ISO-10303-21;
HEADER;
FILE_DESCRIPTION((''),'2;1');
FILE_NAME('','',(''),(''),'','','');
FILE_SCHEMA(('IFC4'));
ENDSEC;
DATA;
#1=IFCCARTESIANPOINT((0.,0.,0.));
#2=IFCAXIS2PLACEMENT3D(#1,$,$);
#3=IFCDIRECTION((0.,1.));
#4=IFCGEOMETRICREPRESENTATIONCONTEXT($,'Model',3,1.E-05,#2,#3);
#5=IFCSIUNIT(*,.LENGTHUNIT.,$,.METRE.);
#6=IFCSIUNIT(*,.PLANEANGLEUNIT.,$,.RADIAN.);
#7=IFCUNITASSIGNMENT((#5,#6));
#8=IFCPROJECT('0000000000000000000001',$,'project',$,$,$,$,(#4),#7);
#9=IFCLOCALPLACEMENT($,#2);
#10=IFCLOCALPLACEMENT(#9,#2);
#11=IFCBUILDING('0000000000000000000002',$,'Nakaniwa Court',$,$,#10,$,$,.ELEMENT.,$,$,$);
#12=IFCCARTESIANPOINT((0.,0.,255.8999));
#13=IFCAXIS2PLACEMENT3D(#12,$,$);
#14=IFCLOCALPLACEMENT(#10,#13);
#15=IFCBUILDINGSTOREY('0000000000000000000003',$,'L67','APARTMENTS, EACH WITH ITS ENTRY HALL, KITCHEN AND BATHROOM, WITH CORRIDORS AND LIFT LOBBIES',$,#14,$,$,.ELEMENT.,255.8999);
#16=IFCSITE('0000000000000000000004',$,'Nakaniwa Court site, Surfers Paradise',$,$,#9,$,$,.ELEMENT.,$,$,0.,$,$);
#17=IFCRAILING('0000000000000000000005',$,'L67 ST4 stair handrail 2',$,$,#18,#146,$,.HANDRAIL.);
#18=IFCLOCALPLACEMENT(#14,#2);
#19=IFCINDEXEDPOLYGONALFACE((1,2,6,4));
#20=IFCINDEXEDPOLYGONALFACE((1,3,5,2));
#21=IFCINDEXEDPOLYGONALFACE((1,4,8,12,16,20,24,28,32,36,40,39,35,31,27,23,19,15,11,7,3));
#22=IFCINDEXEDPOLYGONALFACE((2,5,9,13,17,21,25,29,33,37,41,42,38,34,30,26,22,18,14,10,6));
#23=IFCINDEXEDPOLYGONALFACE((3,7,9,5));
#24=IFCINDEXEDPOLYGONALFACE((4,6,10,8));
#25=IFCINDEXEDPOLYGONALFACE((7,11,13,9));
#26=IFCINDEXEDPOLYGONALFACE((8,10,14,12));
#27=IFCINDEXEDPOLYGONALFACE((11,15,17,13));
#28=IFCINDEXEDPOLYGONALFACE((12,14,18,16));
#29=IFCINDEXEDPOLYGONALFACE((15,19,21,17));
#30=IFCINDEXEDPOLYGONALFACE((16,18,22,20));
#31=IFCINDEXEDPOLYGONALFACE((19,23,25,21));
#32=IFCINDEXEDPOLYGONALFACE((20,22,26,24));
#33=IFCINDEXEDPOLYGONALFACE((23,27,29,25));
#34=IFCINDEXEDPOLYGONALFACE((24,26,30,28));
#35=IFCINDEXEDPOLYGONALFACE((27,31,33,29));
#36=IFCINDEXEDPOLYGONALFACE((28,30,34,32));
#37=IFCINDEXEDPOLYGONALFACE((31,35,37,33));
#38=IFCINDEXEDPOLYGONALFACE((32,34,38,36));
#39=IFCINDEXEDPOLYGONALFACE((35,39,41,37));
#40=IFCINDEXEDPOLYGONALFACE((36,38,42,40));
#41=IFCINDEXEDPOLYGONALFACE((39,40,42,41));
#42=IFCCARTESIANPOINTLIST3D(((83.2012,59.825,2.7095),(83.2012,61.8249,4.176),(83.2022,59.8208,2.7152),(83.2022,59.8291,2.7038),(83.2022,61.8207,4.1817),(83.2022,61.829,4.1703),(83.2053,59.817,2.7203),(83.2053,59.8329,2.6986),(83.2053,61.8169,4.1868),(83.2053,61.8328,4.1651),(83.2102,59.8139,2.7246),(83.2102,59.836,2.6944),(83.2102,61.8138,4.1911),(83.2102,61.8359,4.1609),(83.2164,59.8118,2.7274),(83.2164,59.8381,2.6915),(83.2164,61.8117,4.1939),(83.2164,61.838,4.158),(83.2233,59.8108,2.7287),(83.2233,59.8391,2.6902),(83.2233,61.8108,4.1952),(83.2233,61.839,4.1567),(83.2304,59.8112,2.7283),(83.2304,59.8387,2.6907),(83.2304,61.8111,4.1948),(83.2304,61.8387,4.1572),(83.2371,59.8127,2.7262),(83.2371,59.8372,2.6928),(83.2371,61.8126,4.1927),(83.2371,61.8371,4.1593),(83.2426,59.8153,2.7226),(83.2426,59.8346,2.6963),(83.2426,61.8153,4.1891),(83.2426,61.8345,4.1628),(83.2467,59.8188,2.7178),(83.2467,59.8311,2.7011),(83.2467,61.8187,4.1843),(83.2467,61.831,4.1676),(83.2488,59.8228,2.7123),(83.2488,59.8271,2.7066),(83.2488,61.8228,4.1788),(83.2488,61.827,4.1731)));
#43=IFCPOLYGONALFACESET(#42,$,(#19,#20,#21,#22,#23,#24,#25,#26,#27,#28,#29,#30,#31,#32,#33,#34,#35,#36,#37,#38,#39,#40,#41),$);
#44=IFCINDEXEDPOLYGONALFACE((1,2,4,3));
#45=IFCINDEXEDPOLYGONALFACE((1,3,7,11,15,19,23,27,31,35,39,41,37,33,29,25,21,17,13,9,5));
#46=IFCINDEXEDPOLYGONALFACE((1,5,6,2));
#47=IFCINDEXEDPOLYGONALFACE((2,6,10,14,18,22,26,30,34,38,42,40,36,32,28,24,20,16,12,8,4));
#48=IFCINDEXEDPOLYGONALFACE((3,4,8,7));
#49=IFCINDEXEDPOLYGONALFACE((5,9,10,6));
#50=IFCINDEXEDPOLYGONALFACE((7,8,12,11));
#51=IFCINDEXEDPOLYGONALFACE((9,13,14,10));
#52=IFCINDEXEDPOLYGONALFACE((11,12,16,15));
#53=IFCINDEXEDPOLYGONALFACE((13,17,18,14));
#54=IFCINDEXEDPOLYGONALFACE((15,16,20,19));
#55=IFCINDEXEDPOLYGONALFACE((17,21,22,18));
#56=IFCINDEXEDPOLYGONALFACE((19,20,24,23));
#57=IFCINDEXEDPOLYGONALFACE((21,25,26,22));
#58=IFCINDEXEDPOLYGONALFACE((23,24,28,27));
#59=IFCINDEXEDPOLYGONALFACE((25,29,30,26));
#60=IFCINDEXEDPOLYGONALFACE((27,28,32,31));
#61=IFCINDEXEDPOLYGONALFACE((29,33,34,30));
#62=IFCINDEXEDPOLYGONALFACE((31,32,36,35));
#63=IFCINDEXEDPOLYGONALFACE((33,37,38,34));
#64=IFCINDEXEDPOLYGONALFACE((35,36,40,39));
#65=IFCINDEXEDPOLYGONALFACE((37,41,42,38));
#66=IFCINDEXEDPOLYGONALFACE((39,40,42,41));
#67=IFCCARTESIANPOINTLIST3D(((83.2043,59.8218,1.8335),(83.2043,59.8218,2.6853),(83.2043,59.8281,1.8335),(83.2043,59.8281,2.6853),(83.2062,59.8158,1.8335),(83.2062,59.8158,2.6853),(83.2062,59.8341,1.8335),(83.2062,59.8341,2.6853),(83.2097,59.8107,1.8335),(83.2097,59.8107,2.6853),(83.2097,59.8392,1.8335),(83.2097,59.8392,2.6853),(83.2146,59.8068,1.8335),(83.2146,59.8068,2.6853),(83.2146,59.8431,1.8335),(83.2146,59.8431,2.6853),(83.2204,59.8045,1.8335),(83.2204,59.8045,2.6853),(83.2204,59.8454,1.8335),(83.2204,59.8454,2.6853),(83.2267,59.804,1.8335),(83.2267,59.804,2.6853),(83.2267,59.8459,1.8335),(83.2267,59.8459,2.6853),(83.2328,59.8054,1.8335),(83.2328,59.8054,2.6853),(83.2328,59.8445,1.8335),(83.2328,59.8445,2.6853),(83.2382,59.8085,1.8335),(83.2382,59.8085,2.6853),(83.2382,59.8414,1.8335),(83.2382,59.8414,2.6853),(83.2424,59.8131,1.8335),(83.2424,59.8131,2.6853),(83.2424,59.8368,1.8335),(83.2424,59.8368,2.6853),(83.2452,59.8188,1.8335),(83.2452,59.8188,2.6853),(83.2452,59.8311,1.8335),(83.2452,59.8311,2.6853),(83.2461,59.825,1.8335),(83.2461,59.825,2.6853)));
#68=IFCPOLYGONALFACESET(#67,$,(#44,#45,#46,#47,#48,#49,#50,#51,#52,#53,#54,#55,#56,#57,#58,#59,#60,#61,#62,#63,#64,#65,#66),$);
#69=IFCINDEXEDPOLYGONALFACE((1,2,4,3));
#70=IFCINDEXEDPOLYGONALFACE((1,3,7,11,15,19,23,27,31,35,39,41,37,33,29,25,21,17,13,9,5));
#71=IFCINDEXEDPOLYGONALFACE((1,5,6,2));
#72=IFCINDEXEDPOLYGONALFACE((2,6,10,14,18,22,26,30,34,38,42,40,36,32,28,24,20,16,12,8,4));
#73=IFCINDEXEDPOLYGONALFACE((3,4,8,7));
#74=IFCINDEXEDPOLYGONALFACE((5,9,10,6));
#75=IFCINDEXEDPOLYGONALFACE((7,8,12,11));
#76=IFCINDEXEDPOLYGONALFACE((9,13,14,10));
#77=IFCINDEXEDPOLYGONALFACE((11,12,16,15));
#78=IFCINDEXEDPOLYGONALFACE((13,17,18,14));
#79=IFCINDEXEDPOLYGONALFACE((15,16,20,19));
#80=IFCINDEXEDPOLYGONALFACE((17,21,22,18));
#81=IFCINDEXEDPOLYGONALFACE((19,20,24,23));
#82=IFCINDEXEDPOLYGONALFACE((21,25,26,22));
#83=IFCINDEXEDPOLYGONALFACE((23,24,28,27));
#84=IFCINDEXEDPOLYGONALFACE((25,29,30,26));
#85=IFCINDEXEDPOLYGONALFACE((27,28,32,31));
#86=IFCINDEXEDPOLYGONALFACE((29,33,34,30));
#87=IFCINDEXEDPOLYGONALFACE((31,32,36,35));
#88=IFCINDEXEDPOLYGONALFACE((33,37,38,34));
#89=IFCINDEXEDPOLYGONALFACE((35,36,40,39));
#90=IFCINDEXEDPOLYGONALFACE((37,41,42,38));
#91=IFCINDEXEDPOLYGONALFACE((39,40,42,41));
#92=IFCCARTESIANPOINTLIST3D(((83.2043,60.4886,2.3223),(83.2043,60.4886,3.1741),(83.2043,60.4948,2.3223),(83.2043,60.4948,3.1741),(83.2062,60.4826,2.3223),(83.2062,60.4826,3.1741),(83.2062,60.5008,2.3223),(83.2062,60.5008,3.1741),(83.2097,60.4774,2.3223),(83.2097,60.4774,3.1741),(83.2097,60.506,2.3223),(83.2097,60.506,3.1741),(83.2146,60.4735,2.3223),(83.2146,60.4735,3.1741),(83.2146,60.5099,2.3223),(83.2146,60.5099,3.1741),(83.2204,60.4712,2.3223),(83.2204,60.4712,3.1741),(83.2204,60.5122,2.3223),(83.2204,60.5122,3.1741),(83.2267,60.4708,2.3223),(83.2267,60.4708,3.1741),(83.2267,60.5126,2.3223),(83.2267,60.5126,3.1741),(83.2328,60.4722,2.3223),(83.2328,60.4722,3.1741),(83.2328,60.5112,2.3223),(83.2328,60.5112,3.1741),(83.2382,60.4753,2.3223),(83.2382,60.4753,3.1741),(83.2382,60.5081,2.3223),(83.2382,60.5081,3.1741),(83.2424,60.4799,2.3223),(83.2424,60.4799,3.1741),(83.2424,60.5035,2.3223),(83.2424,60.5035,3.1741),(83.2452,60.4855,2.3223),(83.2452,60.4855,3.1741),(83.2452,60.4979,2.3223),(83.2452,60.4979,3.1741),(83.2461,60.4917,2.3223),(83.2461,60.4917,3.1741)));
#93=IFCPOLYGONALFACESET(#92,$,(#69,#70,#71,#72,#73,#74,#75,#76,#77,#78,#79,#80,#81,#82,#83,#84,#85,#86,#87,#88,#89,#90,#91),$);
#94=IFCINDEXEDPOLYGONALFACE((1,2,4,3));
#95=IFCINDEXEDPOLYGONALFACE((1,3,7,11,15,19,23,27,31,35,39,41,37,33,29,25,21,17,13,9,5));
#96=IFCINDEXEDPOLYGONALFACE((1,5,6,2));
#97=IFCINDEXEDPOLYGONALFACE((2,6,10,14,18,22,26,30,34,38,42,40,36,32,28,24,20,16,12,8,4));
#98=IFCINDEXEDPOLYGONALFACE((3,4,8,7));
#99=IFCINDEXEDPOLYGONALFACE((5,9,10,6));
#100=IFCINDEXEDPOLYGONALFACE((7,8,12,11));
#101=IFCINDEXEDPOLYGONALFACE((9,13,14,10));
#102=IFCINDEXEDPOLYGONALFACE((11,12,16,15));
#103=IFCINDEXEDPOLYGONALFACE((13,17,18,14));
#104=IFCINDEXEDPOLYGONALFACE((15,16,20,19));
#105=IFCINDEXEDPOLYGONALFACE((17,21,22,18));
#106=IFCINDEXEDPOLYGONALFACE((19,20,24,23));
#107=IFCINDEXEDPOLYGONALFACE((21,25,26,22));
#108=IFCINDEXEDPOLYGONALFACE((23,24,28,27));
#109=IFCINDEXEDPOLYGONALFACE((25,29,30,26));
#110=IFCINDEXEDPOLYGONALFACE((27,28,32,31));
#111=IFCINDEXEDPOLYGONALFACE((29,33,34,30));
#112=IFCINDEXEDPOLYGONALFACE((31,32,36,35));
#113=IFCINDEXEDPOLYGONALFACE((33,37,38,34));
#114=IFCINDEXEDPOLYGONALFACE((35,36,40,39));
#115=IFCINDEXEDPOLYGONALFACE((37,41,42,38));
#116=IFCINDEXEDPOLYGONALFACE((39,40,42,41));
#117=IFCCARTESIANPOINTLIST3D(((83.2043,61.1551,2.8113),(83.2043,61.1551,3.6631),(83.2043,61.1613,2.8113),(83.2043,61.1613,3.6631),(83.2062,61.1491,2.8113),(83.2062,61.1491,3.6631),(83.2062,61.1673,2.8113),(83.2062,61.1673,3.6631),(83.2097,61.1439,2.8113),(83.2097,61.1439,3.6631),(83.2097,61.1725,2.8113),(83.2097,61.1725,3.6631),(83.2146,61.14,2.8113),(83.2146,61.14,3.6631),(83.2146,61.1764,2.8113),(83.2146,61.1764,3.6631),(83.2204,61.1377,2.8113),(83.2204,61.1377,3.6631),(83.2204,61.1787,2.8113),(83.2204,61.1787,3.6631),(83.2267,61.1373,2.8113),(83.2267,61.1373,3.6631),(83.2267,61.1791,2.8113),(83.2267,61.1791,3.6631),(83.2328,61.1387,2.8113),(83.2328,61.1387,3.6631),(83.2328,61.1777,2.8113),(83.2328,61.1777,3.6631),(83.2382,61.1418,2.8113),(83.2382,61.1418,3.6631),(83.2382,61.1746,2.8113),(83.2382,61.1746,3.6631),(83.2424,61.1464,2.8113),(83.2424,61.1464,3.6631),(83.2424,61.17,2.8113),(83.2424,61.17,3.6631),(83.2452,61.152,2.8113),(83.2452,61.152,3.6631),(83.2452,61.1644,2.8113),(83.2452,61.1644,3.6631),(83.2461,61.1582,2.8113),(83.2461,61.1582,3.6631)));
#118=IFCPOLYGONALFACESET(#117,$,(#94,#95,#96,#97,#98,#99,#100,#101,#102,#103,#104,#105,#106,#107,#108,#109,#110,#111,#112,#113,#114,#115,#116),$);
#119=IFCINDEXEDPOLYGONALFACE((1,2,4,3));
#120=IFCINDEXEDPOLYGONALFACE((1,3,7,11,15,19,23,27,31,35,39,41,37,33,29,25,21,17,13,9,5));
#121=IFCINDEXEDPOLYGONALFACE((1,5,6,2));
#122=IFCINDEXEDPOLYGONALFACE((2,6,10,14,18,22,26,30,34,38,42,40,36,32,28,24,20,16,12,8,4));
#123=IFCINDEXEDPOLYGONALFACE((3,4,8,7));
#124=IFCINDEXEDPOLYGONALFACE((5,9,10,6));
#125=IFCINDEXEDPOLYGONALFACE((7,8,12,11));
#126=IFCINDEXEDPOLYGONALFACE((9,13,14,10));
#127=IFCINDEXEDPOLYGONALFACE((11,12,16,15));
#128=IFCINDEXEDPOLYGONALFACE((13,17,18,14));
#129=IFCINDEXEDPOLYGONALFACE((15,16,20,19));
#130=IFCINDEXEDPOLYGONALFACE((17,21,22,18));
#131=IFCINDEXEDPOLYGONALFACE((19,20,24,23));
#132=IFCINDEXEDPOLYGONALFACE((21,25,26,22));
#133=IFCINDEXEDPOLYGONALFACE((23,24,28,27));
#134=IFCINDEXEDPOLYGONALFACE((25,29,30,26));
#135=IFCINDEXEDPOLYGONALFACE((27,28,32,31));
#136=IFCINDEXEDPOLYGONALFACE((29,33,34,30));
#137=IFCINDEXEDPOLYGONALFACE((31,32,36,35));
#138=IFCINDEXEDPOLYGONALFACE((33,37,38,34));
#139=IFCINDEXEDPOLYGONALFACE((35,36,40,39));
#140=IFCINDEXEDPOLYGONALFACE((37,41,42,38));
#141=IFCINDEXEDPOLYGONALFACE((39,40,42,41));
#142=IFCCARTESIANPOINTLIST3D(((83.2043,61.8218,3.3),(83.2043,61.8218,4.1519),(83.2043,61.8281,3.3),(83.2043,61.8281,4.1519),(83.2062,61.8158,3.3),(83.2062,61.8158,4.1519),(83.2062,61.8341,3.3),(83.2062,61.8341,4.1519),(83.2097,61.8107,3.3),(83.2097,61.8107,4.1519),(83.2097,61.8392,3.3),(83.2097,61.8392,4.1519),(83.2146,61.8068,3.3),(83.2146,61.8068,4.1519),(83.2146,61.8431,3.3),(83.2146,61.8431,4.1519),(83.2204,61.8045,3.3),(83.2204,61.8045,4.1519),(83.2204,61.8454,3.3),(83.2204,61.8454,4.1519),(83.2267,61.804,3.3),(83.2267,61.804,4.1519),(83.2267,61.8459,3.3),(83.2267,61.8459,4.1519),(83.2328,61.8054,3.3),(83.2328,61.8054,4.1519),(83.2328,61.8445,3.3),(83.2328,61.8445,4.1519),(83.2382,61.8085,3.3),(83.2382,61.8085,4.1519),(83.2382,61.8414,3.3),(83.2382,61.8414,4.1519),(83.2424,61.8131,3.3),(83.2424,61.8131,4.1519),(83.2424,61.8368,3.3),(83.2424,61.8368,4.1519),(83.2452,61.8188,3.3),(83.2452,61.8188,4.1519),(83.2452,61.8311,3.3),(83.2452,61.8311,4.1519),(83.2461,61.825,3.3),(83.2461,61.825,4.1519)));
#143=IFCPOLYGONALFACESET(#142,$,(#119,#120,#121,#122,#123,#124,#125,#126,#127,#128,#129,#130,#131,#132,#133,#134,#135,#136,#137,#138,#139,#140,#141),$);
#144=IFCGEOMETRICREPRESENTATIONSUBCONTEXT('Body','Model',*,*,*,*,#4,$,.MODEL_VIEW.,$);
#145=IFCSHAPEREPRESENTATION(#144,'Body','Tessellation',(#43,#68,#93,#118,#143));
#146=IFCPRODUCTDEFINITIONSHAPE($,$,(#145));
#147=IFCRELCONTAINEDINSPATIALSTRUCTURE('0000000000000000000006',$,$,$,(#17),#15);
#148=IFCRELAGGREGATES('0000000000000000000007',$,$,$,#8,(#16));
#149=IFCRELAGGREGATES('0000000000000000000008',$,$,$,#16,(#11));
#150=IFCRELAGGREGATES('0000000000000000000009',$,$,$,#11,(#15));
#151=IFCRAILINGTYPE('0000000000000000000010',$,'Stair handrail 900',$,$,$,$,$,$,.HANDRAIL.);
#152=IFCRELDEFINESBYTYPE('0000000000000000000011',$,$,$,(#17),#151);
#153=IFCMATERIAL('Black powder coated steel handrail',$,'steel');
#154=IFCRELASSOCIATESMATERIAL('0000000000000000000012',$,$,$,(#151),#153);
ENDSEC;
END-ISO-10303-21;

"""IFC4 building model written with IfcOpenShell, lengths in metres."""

from ifc_helpers import new_model, si_unit, direction, frame, origin, origin_2d, place, context, subcontext, project, spatial, circle, extrude, material, type_object, element, save


model = new_model("IFC4")

# Units and contexts
model_context = context("Model", 3, precision=1e-05, world=origin(), true_north=direction((0.0, 1.0)))
body_context = subcontext(model_context, "Body", "Model", "MODEL_VIEW")
ifc_project = project(units=[si_unit("LENGTHUNIT", "METRE"), si_unit("PLANEANGLEUNIT", "RADIAN")], contexts=[model_context])

# Site, building, storey
site_placement = place(None, origin())
site = spatial("IfcSite", under=ifc_project, at=site_placement, Name="Nakaniwa Court site, Surfers Paradise", CompositionType="ELEMENT", RefElevation=0.0)
building_placement = place(site_placement, origin())
building = spatial("IfcBuilding", under=site, at=building_placement, Name="Nakaniwa Court", CompositionType="ELEMENT")
storey_placement = place(building_placement, frame((0.0, 0.0, 255.8999)))
storey = spatial("IfcBuildingStorey", under=building, at=storey_placement, Name="L67", Description="APARTMENTS, EACH WITH ITS ENTRY HALL, KITCHEN AND BATHROOM, WITH CORRIDORS AND LIFT LOBBIES", CompositionType="ELEMENT", Elevation=255.8999)

# Railing
ifc_material_1 = material(Name="Black powder coated steel handrail", Category="steel")
railing_type_1 = type_object("IfcRailingType", Name="Stair handrail 900", PredefinedType="HANDRAIL", material=ifc_material_1)
railing_1_placement = place(storey_placement, frame((83.2251, 59.825, 1.8335)))
element("IfcRailing", 1, at=railing_1_placement, inside=storey, type_object=railing_type_1, Name="L67 ST4 stair handrail 2", PredefinedType="HANDRAIL", context=body_context, shape_type="SweptSolid", body=[
    extrude(circle(Radius=0.0239, at=origin_2d()), frame((0.0, 0.0, 0.876), z_axis=(0.0, 0.806427, 0.591334), x_axis=(-1.0, 0.0, 0.0)), (0.0, 0.0, 1.0), 2.48),
    extrude(circle(Radius=0.021, at=origin_2d()), origin(), (0.0, 0.0, 1.0), 0.8518),
    extrude(circle(Radius=0.021, at=origin_2d()), frame((0.0, 0.6667, 0.4888)), (0.0, 0.0, 1.0), 0.8518),
    extrude(circle(Radius=0.021, at=origin_2d()), frame((0.0, 1.3333, 0.9778)), (0.0, 0.0, 1.0), 0.8518),
    extrude(circle(Radius=0.021, at=origin_2d()), frame((0.0, 2.0, 1.4666)), (0.0, 0.0, 1.0), 0.8518),
])

save(model, "model.ifc")
